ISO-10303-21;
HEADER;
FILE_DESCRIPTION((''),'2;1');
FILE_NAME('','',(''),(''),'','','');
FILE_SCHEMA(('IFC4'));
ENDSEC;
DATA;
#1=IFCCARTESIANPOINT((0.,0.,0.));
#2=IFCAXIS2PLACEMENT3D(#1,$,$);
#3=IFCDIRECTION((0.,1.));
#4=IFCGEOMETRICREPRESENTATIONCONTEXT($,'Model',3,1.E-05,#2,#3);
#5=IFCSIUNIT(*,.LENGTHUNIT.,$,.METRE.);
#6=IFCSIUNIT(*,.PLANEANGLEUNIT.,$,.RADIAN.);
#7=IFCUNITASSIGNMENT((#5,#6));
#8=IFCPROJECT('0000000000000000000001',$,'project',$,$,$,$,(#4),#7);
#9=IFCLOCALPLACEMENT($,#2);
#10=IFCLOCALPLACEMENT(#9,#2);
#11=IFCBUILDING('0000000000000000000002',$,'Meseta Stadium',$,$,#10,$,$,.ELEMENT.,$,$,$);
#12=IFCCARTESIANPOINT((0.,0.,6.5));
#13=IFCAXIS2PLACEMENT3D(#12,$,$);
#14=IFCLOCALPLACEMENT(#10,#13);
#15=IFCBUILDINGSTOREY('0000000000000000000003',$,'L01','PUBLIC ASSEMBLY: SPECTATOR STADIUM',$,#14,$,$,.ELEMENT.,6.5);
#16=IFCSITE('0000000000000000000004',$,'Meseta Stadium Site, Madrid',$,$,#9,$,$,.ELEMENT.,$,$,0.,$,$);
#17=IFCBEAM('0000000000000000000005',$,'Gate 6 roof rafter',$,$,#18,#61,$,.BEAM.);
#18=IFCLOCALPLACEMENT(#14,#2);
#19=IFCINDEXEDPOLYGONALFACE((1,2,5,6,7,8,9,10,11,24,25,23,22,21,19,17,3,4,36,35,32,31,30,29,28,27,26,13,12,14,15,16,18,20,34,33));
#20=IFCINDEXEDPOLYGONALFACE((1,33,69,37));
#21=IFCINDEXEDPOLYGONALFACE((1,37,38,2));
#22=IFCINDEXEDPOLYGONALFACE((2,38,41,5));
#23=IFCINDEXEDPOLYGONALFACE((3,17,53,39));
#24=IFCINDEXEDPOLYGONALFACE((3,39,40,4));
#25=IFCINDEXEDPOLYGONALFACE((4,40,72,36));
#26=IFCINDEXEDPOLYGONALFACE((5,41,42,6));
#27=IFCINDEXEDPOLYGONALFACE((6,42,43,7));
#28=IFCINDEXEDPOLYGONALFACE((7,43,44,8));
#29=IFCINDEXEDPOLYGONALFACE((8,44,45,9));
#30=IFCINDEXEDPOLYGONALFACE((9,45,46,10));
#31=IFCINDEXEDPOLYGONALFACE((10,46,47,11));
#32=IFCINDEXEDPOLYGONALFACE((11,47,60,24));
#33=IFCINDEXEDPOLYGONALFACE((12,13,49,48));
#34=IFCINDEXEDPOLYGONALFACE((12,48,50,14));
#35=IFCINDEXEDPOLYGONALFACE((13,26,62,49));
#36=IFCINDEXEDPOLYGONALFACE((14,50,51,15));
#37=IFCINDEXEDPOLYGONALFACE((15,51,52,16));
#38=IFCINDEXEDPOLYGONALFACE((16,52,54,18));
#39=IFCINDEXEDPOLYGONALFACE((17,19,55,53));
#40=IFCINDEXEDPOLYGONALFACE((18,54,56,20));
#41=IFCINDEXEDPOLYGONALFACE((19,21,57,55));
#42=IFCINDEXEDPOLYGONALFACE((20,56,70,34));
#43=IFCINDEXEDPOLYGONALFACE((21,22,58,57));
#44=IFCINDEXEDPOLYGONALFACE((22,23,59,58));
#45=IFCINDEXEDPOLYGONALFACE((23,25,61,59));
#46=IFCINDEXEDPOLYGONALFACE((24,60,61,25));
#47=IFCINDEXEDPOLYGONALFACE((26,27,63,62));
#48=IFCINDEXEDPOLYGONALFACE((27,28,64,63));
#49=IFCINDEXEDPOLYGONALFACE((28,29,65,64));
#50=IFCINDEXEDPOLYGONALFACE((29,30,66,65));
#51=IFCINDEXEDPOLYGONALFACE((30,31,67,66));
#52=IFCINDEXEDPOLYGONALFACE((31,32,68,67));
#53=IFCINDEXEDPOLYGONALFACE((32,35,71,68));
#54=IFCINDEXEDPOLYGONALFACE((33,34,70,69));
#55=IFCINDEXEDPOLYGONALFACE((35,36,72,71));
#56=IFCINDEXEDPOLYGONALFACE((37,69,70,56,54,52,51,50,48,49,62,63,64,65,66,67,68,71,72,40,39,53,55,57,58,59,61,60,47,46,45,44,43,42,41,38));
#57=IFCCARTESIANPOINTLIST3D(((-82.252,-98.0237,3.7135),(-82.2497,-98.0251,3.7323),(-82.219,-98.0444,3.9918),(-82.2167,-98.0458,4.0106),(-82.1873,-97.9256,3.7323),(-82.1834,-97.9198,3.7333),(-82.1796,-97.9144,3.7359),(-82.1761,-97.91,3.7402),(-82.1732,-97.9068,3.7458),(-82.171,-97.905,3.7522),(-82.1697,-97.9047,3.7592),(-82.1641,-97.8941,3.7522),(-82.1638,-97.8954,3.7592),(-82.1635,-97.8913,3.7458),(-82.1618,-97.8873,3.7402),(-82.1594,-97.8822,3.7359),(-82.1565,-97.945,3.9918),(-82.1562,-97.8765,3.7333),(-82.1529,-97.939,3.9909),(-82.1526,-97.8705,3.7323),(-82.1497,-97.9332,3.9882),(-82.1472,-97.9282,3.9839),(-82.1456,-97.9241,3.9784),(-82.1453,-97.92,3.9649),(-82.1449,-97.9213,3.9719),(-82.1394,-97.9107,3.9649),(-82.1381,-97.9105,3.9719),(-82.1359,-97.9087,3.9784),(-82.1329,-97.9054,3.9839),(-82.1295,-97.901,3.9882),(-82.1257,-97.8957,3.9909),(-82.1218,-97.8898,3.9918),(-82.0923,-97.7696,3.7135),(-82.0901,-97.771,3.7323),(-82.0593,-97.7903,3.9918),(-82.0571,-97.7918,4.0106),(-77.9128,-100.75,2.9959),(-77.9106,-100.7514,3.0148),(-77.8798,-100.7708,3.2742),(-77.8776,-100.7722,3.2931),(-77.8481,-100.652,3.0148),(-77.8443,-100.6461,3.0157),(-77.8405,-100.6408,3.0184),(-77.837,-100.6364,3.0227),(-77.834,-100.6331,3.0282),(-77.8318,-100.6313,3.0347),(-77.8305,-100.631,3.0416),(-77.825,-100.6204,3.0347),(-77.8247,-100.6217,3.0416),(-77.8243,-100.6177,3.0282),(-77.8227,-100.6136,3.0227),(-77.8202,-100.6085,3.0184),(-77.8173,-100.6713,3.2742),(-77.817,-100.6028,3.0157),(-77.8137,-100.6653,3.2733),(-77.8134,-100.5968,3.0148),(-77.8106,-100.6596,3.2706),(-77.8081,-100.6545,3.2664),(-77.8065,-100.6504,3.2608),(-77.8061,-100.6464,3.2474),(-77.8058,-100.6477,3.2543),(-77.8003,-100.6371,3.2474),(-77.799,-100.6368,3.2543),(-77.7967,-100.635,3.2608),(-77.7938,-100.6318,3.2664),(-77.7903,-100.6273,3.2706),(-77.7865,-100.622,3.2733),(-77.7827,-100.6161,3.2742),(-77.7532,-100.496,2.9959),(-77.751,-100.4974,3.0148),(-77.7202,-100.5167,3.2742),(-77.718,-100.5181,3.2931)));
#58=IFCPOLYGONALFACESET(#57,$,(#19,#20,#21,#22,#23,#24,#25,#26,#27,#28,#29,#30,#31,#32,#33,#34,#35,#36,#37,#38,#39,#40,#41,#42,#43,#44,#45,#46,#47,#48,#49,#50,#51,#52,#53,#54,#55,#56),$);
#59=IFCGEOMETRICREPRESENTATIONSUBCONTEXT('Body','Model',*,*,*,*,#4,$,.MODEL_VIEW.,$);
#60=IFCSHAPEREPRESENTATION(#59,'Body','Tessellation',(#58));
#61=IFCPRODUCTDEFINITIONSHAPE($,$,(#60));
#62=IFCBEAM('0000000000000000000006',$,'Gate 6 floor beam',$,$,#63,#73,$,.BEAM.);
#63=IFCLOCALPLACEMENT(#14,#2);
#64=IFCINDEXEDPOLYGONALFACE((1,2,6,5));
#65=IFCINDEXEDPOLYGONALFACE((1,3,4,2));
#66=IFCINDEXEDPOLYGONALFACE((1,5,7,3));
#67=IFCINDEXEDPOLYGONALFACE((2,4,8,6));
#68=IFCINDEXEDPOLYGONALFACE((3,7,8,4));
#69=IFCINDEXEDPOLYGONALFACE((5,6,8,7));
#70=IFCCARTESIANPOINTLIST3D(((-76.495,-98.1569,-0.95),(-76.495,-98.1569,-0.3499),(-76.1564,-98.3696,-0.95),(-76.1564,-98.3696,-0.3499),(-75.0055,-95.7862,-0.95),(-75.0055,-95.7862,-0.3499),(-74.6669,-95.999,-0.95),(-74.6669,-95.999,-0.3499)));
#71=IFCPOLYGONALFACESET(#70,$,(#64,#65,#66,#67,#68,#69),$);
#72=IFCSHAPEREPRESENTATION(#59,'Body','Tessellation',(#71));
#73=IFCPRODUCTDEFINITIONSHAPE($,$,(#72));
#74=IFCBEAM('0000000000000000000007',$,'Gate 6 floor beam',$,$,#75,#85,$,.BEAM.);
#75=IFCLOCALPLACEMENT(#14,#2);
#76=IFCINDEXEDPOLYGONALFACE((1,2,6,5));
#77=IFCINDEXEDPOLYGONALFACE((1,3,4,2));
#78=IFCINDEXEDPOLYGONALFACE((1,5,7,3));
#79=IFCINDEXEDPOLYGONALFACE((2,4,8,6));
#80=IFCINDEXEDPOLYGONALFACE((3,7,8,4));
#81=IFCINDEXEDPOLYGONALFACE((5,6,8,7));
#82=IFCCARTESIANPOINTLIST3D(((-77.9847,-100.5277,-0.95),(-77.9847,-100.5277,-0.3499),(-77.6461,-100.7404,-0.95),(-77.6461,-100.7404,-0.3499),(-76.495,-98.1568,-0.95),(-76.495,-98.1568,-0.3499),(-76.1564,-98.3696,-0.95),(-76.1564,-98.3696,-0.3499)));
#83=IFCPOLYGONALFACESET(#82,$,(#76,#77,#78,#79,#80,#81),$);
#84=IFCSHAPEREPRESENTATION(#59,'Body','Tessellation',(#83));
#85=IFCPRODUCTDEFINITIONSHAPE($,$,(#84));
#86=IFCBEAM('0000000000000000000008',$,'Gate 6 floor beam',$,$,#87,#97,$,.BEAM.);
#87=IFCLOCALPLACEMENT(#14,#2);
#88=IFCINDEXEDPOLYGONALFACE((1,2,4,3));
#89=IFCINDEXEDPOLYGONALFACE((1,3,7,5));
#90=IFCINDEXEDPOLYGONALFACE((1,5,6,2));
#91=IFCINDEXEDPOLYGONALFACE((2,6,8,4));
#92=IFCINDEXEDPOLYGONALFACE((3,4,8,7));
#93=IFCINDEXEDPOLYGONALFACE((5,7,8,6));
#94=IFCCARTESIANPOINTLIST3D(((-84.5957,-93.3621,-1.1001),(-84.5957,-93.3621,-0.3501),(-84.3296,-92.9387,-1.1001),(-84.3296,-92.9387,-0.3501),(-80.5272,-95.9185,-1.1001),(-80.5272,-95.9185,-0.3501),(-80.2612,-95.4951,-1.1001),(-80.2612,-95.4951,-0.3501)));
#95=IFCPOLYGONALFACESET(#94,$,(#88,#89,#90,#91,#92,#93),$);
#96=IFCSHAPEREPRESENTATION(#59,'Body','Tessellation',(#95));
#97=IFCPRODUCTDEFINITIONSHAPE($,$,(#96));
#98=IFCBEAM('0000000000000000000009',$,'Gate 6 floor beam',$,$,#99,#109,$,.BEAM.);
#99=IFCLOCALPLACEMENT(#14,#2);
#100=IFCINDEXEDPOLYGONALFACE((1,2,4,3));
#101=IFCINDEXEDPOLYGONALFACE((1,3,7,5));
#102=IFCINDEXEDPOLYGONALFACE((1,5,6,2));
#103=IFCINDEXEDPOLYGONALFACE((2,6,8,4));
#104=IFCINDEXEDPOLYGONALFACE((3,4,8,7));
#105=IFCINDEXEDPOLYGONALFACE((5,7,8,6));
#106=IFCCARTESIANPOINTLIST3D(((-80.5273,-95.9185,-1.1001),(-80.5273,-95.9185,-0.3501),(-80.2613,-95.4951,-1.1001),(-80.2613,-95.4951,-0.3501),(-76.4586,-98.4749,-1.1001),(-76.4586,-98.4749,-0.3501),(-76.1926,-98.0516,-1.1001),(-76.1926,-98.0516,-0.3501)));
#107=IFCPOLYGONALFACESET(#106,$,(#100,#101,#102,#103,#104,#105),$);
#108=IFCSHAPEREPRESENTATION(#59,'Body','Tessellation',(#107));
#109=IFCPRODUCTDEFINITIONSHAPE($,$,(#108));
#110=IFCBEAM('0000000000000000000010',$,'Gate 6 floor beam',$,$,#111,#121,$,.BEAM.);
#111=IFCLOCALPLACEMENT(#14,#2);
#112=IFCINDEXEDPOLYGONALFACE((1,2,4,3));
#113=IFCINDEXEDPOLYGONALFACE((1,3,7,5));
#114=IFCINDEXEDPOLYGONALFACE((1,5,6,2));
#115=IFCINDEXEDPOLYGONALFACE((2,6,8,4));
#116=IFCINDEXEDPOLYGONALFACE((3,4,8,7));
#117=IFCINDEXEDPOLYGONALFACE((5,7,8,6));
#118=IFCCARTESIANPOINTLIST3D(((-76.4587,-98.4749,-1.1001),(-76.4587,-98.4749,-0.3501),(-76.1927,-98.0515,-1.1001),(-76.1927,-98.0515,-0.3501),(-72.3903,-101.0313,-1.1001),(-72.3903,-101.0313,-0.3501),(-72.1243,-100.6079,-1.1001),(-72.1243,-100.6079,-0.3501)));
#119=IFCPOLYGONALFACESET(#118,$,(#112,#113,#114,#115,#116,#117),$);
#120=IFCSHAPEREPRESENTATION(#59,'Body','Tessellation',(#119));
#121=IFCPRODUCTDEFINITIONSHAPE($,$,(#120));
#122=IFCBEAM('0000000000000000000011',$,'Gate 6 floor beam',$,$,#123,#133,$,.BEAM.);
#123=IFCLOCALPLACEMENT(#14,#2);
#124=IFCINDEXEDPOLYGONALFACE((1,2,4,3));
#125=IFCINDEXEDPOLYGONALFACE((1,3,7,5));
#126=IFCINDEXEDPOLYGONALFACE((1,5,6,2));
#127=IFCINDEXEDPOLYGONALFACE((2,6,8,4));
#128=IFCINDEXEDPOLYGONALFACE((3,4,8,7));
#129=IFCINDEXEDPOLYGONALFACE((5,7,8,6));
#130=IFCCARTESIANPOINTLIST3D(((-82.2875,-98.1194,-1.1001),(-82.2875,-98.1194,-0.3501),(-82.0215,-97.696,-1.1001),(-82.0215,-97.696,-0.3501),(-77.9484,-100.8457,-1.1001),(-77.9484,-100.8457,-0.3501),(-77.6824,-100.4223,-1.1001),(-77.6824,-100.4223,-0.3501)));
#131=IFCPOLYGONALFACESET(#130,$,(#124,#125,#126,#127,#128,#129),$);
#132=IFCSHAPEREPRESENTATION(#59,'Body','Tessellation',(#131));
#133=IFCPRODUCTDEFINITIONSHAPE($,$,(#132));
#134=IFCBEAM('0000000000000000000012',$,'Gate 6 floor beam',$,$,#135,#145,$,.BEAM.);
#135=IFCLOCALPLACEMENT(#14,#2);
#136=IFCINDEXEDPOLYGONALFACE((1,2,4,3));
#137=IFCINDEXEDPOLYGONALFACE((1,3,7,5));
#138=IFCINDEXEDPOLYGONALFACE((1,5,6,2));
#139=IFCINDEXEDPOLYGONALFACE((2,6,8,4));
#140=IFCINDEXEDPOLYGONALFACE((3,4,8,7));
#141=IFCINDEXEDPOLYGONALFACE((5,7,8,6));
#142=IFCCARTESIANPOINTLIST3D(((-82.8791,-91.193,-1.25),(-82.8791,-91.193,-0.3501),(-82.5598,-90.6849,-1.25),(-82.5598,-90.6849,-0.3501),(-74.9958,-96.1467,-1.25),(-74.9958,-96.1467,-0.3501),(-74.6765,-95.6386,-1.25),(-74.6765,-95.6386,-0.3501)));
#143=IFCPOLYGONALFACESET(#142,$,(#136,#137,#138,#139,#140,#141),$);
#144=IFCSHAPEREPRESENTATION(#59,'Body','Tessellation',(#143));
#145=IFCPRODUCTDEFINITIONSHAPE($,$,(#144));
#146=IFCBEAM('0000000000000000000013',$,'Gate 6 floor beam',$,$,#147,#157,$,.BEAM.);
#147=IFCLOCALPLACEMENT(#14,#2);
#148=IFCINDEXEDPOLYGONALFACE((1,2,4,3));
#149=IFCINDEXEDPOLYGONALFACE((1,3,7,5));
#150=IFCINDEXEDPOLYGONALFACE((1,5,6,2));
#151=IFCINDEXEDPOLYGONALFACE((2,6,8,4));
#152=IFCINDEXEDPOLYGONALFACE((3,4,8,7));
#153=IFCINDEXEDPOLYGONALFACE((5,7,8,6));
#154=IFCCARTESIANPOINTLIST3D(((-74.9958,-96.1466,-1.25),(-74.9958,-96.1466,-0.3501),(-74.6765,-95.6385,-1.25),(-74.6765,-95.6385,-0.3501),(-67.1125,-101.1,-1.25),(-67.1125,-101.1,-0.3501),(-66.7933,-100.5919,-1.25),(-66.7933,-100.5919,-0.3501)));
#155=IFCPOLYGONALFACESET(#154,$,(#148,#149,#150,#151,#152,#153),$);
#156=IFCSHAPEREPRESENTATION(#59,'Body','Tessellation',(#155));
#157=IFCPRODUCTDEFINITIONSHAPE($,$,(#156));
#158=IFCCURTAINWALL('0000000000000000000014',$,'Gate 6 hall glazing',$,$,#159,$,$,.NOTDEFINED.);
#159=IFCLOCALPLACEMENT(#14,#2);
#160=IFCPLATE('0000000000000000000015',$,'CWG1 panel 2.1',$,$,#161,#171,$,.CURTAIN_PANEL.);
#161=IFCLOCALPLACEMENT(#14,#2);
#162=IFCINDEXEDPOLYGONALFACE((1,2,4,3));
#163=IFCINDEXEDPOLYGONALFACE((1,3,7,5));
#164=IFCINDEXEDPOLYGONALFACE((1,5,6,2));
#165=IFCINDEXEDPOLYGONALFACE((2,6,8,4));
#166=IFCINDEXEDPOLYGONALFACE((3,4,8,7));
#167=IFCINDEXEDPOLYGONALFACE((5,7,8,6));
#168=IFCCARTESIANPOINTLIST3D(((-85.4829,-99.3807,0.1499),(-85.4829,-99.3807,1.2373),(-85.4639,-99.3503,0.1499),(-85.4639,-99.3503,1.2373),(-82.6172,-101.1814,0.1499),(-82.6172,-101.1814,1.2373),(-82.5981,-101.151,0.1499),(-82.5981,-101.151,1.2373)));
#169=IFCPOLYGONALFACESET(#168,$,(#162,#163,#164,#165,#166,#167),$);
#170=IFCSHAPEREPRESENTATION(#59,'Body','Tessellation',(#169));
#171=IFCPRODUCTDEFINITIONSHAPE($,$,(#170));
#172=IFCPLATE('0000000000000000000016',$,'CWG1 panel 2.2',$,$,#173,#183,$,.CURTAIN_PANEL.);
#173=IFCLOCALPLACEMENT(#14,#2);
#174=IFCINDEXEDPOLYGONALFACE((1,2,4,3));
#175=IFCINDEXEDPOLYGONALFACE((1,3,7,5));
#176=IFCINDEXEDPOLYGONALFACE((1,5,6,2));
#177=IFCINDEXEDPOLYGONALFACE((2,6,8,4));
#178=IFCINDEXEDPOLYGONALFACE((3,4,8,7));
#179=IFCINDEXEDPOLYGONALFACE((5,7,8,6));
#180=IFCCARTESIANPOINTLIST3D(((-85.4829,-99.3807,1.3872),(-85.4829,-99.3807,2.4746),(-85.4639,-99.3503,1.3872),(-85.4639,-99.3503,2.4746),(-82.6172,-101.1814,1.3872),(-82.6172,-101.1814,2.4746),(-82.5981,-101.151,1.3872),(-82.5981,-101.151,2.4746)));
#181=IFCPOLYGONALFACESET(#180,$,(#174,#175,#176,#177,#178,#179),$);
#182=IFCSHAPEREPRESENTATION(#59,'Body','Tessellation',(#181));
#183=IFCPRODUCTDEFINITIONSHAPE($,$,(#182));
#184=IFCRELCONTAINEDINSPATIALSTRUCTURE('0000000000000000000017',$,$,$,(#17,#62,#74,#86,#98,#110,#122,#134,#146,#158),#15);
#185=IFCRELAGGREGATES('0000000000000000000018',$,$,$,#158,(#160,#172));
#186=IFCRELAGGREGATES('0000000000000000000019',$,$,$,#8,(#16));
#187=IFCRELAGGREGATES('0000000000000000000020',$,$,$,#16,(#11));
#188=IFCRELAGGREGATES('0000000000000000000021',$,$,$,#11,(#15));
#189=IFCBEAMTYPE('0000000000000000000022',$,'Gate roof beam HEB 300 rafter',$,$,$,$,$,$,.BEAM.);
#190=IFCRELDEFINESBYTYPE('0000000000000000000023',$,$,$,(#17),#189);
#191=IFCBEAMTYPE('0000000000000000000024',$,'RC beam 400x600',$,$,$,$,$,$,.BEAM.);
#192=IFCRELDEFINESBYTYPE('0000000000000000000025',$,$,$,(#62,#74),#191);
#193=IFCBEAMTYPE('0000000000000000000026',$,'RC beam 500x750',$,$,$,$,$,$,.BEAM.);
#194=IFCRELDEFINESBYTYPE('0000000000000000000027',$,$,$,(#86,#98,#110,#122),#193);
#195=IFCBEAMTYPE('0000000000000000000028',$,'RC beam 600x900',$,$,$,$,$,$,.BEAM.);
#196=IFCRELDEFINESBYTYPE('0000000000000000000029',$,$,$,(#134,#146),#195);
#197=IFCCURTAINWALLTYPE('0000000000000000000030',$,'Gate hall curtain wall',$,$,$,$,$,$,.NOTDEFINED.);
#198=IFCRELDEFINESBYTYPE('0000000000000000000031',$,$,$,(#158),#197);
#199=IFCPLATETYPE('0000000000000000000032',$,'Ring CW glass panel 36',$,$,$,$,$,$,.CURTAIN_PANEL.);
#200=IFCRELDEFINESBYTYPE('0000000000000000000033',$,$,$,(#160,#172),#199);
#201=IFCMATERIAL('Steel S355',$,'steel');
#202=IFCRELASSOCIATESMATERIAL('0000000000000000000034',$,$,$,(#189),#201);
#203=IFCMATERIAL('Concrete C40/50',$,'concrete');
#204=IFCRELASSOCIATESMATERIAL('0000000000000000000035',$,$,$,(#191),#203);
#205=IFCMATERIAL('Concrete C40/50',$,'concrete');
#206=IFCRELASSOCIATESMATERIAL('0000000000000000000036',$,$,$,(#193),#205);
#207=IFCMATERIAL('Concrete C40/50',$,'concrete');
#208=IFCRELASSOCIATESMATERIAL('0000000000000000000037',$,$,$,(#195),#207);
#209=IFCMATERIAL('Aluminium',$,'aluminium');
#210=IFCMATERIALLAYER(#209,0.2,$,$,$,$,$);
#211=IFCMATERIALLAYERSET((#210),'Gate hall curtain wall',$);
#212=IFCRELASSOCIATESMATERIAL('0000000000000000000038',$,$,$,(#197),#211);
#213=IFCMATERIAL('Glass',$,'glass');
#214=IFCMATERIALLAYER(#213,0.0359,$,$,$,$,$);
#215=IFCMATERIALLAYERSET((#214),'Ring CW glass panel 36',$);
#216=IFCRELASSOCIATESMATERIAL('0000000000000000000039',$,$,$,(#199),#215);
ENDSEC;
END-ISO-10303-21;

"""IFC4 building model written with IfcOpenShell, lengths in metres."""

from ifc_helpers import new_model, si_unit, direction, frame, origin, origin_2d, place, context, subcontext, project, spatial, rectangle, i_section, extrude, material, layer, layer_set, material_profile, profile_set, type_object, element, aggregate, save


model = new_model("IFC4")

# Units and contexts
model_context = context("Model", 3, precision=1e-05, world=origin(), true_north=direction((0.0, 1.0)))
body_context = subcontext(model_context, "Body", "Model", "MODEL_VIEW")
ifc_project = project(units=[si_unit("LENGTHUNIT", "METRE"), si_unit("PLANEANGLEUNIT", "RADIAN")], contexts=[model_context])

# Site, building, storey
site_placement = place(None, origin())
site = spatial("IfcSite", under=ifc_project, at=site_placement, Name="Meseta Stadium Site, Madrid", CompositionType="ELEMENT", RefElevation=0.0)
building_placement = place(site_placement, origin())
building = spatial("IfcBuilding", under=site, at=building_placement, Name="Meseta Stadium", CompositionType="ELEMENT")
storey_placement = place(building_placement, frame((0.0, 0.0, 6.5)))
storey = spatial("IfcBuildingStorey", under=building, at=storey_placement, Name="L01", Description="PUBLIC ASSEMBLY: SPECTATOR STADIUM", CompositionType="ELEMENT", Elevation=6.5)

# Beams
ifc_material_1 = material(Name="Steel S355", Category="steel")
ifc_material_profile_1 = material_profile(ifc_material_1, i_section(OverallWidth=0.3, OverallDepth=0.3, WebThickness=0.011, FlangeThickness=0.019, FilletRadius=0.0271, at=origin_2d()), Name="HEB 300")
ifc_profile_set_1 = profile_set([ifc_material_profile_1], Name="Steel S355")
beam_type_1 = type_object("IfcBeamType", Name="Gate roof beam HEB 300 rafter", PredefinedType="BEAM", material=ifc_profile_set_1)
beam_1_placement = place(storey_placement, frame((-82.1545, -97.9077, 3.8621), z_axis=(0.838555, -0.526875, -0.138666), x_axis=(0.532014, 0.846735, 0.0)))
element("IfcBeam", 1, at=beam_1_placement, inside=storey, type_object=beam_type_1, Name="Gate 6 roof rafter", PredefinedType="BEAM", context=body_context, shape_type="SweptSolid", body=[
    extrude(i_section(OverallWidth=0.3, OverallDepth=0.3, WebThickness=0.011, FlangeThickness=0.019, FilletRadius=0.0271, at=origin_2d()), origin(), (0.0, 0.0, 1.0), 5.1746),
])
ifc_material_2 = material(Name="Concrete C40/50", Category="concrete")
ifc_material_profile_2 = material_profile(ifc_material_2, rectangle(XDim=0.3999, YDim=0.6001, at=origin_2d()), Name="RC 400x600")
ifc_profile_set_2 = profile_set([ifc_material_profile_2], Name="Concrete C40/50")
beam_type_2 = type_object("IfcBeamType", Name="RC beam 400x600", PredefinedType="BEAM", material=ifc_profile_set_2)
beam_2_placement = place(storey_placement, frame((-74.8362, -95.8926, -0.6499), z_axis=(-0.53202, -0.846732, 0.0), x_axis=(0.846732, -0.53202, 0.0)))
element("IfcBeam", 2, at=beam_2_placement, inside=storey, type_object=beam_type_2, Name="Gate 6 floor beam", PredefinedType="BEAM", context=body_context, shape_type="SweptSolid", body=[
    extrude(rectangle(XDim=0.3999, YDim=0.6001, at=origin_2d()), origin(), (0.0, 0.0, 1.0), 2.7998),
])
beam_3_placement = place(storey_placement, frame((-76.3257, -98.2632, -0.6499), z_axis=(-0.532043, -0.846717, 0.0), x_axis=(0.846717, -0.532043, 0.0)))
element("IfcBeam", 3, at=beam_3_placement, inside=storey, type_object=beam_type_2, Name="Gate 6 floor beam", PredefinedType="BEAM", context=body_context, shape_type="SweptSolid", body=[
    extrude(rectangle(XDim=0.3999, YDim=0.6001, at=origin_2d()), origin(), (0.0, 0.0, 1.0), 2.8),
])
ifc_material_3 = material(Name="Concrete C40/50", Category="concrete")
ifc_material_profile_3 = material_profile(ifc_material_3, rectangle(XDim=0.5, YDim=0.75, at=origin_2d()), Name="RC 500x750")
ifc_profile_set_3 = profile_set([ifc_material_profile_3], Name="Concrete C40/50")
beam_type_3 = type_object("IfcBeamType", Name="RC beam 500x750", PredefinedType="BEAM", material=ifc_profile_set_3)
beam_4_placement = place(storey_placement, frame((-84.4626, -93.1504, -0.7251), z_axis=(0.846717, -0.532044, 0.0), x_axis=(0.532044, 0.846717, 0.0)))
element("IfcBeam", 4, at=beam_4_placement, inside=storey, type_object=beam_type_3, Name="Gate 6 floor beam", PredefinedType="BEAM", context=body_context, shape_type="SweptSolid", body=[
    extrude(rectangle(XDim=0.5, YDim=0.75, at=origin_2d()), origin(), (0.0, 0.0, 1.0), 4.8049),
])
beam_5_placement = place(storey_placement, frame((-80.3943, -95.7068, -0.7251), z_axis=(0.846731, -0.532021, 0.0), x_axis=(0.532021, 0.846731, 0.0)))
element("IfcBeam", 5, at=beam_5_placement, inside=storey, type_object=beam_type_3, Name="Gate 6 floor beam", PredefinedType="BEAM", context=body_context, shape_type="SweptSolid", body=[
    extrude(rectangle(XDim=0.5, YDim=0.75, at=origin_2d()), origin(), (0.0, 0.0, 1.0), 4.8052),
])
beam_6_placement = place(storey_placement, frame((-76.3257, -98.2632, -0.7251), z_axis=(0.846717, -0.532044, 0.0), x_axis=(0.532044, 0.846717, 0.0)))
element("IfcBeam", 6, at=beam_6_placement, inside=storey, type_object=beam_type_3, Name="Gate 6 floor beam", PredefinedType="BEAM", context=body_context, shape_type="SweptSolid", body=[
    extrude(rectangle(XDim=0.5, YDim=0.75, at=origin_2d()), origin(), (0.0, 0.0, 1.0), 4.8049),
])
beam_7_placement = place(storey_placement, frame((-82.1545, -97.9077, -0.7251), z_axis=(0.846735, -0.532014, 0.0), x_axis=(0.532014, 0.846735, 0.0)))
element("IfcBeam", 7, at=beam_7_placement, inside=storey, type_object=beam_type_3, Name="Gate 6 floor beam", PredefinedType="BEAM", context=body_context, shape_type="SweptSolid", body=[
    extrude(rectangle(XDim=0.5, YDim=0.75, at=origin_2d()), origin(), (0.0, 0.0, 1.0), 5.1245),
])
ifc_material_4 = material(Name="Concrete C40/50", Category="concrete")
ifc_material_profile_4 = material_profile(ifc_material_4, rectangle(XDim=0.6001, YDim=0.8999, at=origin_2d()), Name="RC 600x900")
ifc_profile_set_4 = profile_set([ifc_material_profile_4], Name="Concrete C40/50")
beam_type_4 = type_object("IfcBeamType", Name="RC beam 600x900", PredefinedType="BEAM", material=ifc_profile_set_4)
beam_8_placement = place(storey_placement, frame((-82.7195, -90.939, -0.8), z_axis=(0.846714, -0.532048, 0.0), x_axis=(0.532048, 0.846714, 0.0)))
element("IfcBeam", 8, at=beam_8_placement, inside=storey, type_object=beam_type_4, Name="Gate 6 floor beam", PredefinedType="BEAM", context=body_context, shape_type="SweptSolid", body=[
    extrude(rectangle(XDim=0.6001, YDim=0.8999, at=origin_2d()), origin(), (0.0, 0.0, 1.0), 9.3105),
])
beam_9_placement = place(storey_placement, frame((-74.8362, -95.8926, -0.8), z_axis=(0.846726, -0.532029, 0.0), x_axis=(0.532029, 0.846726, 0.0)))
element("IfcBeam", 9, at=beam_9_placement, inside=storey, type_object=beam_type_4, Name="Gate 6 floor beam", PredefinedType="BEAM", context=body_context, shape_type="SweptSolid", body=[
    extrude(rectangle(XDim=0.6001, YDim=0.8999, at=origin_2d()), origin(), (0.0, 0.0, 1.0), 9.3103),
])

# Curtain wall, plates
ifc_material_5 = material(Name="Aluminium", Category="aluminium")
ifc_layer_1 = layer(ifc_material_5, 0.2)
ifc_layer_set_1 = layer_set([ifc_layer_1], Name="Gate hall curtain wall")
curtain_wall_type = type_object("IfcCurtainWallType", Name="Gate hall curtain wall", PredefinedType="NOTDEFINED", material=ifc_layer_set_1)
curtain_wall_placement = place(storey_placement, origin())
curtain_wall = element("IfcCurtainWall", 10, at=curtain_wall_placement, inside=storey, type_object=curtain_wall_type, Name="Gate 6 hall glazing", PredefinedType="NOTDEFINED")
ifc_material_6 = material(Name="Glass", Category="glass")
ifc_layer_2 = layer(ifc_material_6, 0.0359)
ifc_layer_set_2 = layer_set([ifc_layer_2], Name="Ring CW glass panel 36")
plate_type = type_object("IfcPlateType", Name="Ring CW glass panel 36", PredefinedType="CURTAIN_PANEL", material=ifc_layer_set_2)
plate_1_placement = place(storey_placement, frame((-84.0405, -100.2659, 0.1499), z_axis=(0.0, 0.0, 1.0), x_axis=(-0.846723, 0.532035, 0.0)))
plate_1 = element("IfcPlate", 11, at=plate_1_placement, type_object=plate_type, Name="CWG1 panel 2.1", PredefinedType="CURTAIN_PANEL", context=body_context, shape_type="SweptSolid", body=[
    extrude(rectangle(XDim=3.3845, YDim=0.0359, at=origin_2d()), origin(), (0.0, 0.0, 1.0), 1.0874),
])
plate_2_placement = place(storey_placement, frame((-84.0405, -100.2659, 1.3872), z_axis=(0.0, 0.0, 1.0), x_axis=(-0.846723, 0.532035, 0.0)))
plate_2 = element("IfcPlate", 12, at=plate_2_placement, type_object=plate_type, Name="CWG1 panel 2.2", PredefinedType="CURTAIN_PANEL", context=body_context, shape_type="SweptSolid", body=[
    extrude(rectangle(XDim=3.3845, YDim=0.0359, at=origin_2d()), origin(), (0.0, 0.0, 1.0), 1.0874),
])
aggregate(curtain_wall, [plate_1, plate_2])

save(model, "model.ifc")
